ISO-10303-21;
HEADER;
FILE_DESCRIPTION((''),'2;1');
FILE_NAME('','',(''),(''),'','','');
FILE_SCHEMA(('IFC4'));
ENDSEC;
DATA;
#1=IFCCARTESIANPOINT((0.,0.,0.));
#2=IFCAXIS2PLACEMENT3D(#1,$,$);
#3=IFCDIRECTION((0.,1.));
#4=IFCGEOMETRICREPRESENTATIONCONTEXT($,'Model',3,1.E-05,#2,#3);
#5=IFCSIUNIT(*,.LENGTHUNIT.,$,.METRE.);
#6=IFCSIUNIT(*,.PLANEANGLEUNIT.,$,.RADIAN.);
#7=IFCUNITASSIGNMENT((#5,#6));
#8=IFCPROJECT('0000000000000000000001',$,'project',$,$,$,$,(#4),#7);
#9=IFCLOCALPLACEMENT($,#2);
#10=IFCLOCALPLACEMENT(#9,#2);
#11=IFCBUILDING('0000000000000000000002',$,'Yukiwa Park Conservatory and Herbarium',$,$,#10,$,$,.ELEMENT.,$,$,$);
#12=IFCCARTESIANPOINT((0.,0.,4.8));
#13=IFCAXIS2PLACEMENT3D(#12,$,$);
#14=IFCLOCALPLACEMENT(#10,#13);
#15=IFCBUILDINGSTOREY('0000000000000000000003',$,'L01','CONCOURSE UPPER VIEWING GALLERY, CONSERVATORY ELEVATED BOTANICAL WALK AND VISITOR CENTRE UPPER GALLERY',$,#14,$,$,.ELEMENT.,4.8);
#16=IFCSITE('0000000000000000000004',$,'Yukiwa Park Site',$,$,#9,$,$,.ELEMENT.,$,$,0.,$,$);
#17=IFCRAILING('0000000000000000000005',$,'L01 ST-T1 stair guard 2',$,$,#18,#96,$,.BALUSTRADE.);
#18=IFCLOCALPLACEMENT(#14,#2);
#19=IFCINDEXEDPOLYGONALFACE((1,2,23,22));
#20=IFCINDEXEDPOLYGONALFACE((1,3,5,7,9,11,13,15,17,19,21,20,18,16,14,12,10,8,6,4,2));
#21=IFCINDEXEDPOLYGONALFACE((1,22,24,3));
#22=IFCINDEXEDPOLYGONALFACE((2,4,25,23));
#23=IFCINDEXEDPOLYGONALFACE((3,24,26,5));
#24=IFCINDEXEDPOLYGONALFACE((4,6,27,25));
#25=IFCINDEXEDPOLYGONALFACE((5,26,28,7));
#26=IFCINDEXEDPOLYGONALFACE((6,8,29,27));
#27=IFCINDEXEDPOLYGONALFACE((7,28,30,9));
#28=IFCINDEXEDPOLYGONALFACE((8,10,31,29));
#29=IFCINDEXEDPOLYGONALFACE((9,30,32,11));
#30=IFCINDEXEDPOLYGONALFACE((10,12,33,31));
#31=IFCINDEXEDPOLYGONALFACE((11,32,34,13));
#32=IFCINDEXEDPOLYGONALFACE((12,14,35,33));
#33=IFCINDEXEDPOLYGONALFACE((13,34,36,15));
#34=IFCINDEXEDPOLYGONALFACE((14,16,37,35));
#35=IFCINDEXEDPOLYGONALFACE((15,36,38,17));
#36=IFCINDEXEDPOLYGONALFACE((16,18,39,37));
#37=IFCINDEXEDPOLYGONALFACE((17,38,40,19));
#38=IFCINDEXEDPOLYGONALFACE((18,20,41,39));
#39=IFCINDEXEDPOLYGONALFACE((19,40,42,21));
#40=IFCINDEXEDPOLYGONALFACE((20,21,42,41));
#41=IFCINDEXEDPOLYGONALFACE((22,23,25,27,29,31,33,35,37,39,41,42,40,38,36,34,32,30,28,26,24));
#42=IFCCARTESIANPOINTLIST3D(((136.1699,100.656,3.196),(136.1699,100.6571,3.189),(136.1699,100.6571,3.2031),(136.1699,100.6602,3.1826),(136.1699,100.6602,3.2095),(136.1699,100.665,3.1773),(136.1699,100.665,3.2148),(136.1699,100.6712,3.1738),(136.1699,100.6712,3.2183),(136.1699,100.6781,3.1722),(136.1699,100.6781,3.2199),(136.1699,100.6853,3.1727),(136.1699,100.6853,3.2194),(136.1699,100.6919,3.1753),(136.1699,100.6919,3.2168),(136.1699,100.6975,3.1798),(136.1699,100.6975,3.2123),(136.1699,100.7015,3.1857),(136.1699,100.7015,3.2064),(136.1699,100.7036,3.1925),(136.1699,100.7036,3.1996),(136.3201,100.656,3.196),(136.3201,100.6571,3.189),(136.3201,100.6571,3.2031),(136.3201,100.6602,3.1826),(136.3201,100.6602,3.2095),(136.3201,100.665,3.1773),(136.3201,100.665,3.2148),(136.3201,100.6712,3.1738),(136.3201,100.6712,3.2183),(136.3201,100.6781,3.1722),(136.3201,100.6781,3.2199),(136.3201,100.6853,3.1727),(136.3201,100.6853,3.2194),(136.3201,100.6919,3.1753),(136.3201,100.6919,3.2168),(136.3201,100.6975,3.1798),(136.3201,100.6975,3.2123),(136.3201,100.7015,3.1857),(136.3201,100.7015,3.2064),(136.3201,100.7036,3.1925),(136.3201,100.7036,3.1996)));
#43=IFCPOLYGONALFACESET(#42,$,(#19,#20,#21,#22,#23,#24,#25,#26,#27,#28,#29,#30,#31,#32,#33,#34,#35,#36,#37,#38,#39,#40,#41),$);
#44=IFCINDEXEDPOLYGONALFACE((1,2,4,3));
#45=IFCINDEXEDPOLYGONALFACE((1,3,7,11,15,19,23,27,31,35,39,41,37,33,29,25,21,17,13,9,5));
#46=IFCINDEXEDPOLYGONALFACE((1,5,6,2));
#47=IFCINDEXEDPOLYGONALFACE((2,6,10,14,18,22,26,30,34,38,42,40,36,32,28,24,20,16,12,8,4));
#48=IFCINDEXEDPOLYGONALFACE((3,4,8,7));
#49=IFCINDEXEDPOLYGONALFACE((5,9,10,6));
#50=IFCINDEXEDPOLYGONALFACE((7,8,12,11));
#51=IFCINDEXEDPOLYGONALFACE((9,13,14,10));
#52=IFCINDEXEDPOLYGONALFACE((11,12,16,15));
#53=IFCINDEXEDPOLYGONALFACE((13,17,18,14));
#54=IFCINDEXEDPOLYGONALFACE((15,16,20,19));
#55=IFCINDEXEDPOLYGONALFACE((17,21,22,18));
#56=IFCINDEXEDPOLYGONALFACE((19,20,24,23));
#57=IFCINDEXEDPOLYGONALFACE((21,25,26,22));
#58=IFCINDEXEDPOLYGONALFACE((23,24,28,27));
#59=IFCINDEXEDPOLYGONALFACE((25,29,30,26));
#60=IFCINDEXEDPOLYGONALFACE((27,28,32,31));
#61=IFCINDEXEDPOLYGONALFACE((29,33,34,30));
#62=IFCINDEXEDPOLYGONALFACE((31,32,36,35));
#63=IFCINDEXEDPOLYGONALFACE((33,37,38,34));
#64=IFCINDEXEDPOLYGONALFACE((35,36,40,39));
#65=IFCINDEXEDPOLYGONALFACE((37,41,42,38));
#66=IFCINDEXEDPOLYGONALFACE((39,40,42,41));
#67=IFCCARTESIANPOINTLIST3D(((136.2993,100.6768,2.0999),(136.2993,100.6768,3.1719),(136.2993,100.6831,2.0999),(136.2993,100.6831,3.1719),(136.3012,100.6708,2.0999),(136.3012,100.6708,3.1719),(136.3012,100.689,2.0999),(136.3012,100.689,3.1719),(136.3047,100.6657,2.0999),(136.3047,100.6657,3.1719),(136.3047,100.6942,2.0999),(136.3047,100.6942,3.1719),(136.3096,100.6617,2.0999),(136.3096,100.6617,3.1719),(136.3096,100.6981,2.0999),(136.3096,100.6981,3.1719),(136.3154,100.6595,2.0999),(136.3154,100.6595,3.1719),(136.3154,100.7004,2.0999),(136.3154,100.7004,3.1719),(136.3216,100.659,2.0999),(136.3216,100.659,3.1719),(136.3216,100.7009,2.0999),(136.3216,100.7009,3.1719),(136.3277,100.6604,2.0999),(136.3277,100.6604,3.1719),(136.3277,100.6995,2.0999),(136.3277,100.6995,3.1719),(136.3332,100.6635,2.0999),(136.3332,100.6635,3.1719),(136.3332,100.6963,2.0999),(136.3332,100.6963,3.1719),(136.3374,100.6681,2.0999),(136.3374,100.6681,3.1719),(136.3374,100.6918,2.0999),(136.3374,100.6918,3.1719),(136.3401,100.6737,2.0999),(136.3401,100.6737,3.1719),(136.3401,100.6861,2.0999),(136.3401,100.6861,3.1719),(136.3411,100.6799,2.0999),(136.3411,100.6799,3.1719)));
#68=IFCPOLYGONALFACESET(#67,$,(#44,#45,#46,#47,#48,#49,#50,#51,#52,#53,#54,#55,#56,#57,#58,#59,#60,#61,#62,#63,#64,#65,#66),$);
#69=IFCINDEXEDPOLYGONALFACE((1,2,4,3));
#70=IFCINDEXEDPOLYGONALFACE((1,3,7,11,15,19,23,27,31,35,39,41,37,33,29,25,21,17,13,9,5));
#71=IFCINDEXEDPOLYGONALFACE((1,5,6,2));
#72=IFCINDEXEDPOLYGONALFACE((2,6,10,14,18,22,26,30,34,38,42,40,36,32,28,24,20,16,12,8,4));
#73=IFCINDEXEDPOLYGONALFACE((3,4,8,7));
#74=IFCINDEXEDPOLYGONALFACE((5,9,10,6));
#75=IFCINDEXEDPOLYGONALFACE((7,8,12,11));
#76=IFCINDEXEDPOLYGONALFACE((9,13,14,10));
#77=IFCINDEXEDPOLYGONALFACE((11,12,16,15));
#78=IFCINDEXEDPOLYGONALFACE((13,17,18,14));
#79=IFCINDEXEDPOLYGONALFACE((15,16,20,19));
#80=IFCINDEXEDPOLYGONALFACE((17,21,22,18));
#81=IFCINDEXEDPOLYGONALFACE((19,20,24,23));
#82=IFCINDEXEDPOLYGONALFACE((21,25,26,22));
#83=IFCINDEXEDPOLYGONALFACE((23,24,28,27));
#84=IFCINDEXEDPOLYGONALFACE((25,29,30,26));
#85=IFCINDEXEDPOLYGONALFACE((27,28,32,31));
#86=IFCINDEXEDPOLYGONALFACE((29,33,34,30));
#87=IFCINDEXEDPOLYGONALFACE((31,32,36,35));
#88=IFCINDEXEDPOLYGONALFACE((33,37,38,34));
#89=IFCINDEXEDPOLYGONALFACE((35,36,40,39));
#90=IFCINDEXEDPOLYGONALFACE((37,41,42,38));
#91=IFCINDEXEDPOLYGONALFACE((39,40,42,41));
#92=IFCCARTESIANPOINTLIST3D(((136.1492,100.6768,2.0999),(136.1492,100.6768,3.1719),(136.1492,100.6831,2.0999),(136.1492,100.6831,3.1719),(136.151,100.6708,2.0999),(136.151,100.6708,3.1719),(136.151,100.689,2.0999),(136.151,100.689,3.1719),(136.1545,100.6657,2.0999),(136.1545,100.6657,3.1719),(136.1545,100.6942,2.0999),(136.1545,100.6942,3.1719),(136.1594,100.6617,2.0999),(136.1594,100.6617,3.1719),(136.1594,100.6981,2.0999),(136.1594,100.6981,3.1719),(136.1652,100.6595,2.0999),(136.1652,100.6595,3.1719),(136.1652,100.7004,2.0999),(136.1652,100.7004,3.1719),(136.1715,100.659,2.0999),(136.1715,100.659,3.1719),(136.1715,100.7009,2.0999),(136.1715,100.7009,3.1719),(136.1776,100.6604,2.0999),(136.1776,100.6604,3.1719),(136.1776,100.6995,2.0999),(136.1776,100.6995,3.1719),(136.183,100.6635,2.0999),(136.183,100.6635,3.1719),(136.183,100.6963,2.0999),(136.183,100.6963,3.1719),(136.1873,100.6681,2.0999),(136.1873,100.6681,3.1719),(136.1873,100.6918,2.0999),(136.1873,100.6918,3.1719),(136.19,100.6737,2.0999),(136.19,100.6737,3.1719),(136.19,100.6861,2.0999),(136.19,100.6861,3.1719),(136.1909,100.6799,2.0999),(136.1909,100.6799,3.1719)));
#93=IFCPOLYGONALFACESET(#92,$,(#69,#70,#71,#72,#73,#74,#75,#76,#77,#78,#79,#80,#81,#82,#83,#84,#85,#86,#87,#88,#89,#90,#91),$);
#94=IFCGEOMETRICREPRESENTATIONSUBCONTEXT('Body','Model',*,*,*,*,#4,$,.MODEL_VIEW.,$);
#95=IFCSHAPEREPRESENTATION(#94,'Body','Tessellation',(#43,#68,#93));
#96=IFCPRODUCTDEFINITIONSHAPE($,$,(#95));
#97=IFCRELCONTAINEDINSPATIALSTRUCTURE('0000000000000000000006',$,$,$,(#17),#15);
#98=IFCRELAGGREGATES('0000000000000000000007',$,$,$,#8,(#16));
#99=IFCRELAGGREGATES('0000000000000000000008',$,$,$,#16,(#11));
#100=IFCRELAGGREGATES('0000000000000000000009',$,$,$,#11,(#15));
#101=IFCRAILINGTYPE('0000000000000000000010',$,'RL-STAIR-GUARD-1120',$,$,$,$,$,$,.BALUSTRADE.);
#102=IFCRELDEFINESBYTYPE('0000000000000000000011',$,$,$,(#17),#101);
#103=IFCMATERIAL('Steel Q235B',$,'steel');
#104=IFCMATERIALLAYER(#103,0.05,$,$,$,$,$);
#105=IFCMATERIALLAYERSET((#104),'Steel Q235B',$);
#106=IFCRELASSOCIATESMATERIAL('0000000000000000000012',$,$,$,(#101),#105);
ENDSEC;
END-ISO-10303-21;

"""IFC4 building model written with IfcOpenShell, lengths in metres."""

from ifc_helpers import new_model, si_unit, direction, frame, origin, origin_2d, place, context, subcontext, project, spatial, circle, extrude, material, layer, layer_set, type_object, element, save


model = new_model("IFC4")

# Units and contexts
model_context = context("Model", 3, precision=1e-05, world=origin(), true_north=direction((0.0, 1.0)))
body_context = subcontext(model_context, "Body", "Model", "MODEL_VIEW")
ifc_project = project(units=[si_unit("LENGTHUNIT", "METRE"), si_unit("PLANEANGLEUNIT", "RADIAN")], contexts=[model_context])

# Site, building, storey
site_placement = place(None, origin())
site = spatial("IfcSite", under=ifc_project, at=site_placement, Name="Yukiwa Park Site", CompositionType="ELEMENT", RefElevation=0.0)
building_placement = place(site_placement, origin())
building = spatial("IfcBuilding", under=site, at=building_placement, Name="Yukiwa Park Conservatory and Herbarium", CompositionType="ELEMENT")
storey_placement = place(building_placement, frame((0.0, 0.0, 4.8)))
storey = spatial("IfcBuildingStorey", under=building, at=storey_placement, Name="L01", Description="CONCOURSE UPPER VIEWING GALLERY, CONSERVATORY ELEVATED BOTANICAL WALK AND VISITOR CENTRE UPPER GALLERY", CompositionType="ELEMENT", Elevation=4.8)

# Railing
ifc_material_1 = material(Name="Steel Q235B", Category="steel")
ifc_layer_1 = layer(ifc_material_1, 0.05)
ifc_layer_set_1 = layer_set([ifc_layer_1], Name="Steel Q235B")
railing_type_1 = type_object("IfcRailingType", Name="RL-STAIR-GUARD-1120", PredefinedType="BALUSTRADE", material=ifc_layer_set_1)
railing_1_placement = place(storey_placement, frame((136.3201, 100.6799, 2.0999)))
element("IfcRailing", 1, at=railing_1_placement, inside=storey, type_object=railing_type_1, Name="L01 ST-T1 stair guard 2", PredefinedType="BALUSTRADE", context=body_context, shape_type="SweptSolid", body=[
    extrude(circle(Radius=0.0239, at=origin_2d()), frame((0.0, 0.0, 1.0962), z_axis=(-1.0, 0.0, 0.0), x_axis=(0.0, -1.0, 0.0)), (0.0, 0.0, 1.0), 0.1501),
    extrude(circle(Radius=0.021, at=origin_2d()), origin(), (0.0, 0.0, 1.0), 1.072),
    extrude(circle(Radius=0.021, at=origin_2d()), frame((-0.1501, 0.0, 0.0)), (0.0, 0.0, 1.0), 1.072),
])

save(model, "model.ifc")
